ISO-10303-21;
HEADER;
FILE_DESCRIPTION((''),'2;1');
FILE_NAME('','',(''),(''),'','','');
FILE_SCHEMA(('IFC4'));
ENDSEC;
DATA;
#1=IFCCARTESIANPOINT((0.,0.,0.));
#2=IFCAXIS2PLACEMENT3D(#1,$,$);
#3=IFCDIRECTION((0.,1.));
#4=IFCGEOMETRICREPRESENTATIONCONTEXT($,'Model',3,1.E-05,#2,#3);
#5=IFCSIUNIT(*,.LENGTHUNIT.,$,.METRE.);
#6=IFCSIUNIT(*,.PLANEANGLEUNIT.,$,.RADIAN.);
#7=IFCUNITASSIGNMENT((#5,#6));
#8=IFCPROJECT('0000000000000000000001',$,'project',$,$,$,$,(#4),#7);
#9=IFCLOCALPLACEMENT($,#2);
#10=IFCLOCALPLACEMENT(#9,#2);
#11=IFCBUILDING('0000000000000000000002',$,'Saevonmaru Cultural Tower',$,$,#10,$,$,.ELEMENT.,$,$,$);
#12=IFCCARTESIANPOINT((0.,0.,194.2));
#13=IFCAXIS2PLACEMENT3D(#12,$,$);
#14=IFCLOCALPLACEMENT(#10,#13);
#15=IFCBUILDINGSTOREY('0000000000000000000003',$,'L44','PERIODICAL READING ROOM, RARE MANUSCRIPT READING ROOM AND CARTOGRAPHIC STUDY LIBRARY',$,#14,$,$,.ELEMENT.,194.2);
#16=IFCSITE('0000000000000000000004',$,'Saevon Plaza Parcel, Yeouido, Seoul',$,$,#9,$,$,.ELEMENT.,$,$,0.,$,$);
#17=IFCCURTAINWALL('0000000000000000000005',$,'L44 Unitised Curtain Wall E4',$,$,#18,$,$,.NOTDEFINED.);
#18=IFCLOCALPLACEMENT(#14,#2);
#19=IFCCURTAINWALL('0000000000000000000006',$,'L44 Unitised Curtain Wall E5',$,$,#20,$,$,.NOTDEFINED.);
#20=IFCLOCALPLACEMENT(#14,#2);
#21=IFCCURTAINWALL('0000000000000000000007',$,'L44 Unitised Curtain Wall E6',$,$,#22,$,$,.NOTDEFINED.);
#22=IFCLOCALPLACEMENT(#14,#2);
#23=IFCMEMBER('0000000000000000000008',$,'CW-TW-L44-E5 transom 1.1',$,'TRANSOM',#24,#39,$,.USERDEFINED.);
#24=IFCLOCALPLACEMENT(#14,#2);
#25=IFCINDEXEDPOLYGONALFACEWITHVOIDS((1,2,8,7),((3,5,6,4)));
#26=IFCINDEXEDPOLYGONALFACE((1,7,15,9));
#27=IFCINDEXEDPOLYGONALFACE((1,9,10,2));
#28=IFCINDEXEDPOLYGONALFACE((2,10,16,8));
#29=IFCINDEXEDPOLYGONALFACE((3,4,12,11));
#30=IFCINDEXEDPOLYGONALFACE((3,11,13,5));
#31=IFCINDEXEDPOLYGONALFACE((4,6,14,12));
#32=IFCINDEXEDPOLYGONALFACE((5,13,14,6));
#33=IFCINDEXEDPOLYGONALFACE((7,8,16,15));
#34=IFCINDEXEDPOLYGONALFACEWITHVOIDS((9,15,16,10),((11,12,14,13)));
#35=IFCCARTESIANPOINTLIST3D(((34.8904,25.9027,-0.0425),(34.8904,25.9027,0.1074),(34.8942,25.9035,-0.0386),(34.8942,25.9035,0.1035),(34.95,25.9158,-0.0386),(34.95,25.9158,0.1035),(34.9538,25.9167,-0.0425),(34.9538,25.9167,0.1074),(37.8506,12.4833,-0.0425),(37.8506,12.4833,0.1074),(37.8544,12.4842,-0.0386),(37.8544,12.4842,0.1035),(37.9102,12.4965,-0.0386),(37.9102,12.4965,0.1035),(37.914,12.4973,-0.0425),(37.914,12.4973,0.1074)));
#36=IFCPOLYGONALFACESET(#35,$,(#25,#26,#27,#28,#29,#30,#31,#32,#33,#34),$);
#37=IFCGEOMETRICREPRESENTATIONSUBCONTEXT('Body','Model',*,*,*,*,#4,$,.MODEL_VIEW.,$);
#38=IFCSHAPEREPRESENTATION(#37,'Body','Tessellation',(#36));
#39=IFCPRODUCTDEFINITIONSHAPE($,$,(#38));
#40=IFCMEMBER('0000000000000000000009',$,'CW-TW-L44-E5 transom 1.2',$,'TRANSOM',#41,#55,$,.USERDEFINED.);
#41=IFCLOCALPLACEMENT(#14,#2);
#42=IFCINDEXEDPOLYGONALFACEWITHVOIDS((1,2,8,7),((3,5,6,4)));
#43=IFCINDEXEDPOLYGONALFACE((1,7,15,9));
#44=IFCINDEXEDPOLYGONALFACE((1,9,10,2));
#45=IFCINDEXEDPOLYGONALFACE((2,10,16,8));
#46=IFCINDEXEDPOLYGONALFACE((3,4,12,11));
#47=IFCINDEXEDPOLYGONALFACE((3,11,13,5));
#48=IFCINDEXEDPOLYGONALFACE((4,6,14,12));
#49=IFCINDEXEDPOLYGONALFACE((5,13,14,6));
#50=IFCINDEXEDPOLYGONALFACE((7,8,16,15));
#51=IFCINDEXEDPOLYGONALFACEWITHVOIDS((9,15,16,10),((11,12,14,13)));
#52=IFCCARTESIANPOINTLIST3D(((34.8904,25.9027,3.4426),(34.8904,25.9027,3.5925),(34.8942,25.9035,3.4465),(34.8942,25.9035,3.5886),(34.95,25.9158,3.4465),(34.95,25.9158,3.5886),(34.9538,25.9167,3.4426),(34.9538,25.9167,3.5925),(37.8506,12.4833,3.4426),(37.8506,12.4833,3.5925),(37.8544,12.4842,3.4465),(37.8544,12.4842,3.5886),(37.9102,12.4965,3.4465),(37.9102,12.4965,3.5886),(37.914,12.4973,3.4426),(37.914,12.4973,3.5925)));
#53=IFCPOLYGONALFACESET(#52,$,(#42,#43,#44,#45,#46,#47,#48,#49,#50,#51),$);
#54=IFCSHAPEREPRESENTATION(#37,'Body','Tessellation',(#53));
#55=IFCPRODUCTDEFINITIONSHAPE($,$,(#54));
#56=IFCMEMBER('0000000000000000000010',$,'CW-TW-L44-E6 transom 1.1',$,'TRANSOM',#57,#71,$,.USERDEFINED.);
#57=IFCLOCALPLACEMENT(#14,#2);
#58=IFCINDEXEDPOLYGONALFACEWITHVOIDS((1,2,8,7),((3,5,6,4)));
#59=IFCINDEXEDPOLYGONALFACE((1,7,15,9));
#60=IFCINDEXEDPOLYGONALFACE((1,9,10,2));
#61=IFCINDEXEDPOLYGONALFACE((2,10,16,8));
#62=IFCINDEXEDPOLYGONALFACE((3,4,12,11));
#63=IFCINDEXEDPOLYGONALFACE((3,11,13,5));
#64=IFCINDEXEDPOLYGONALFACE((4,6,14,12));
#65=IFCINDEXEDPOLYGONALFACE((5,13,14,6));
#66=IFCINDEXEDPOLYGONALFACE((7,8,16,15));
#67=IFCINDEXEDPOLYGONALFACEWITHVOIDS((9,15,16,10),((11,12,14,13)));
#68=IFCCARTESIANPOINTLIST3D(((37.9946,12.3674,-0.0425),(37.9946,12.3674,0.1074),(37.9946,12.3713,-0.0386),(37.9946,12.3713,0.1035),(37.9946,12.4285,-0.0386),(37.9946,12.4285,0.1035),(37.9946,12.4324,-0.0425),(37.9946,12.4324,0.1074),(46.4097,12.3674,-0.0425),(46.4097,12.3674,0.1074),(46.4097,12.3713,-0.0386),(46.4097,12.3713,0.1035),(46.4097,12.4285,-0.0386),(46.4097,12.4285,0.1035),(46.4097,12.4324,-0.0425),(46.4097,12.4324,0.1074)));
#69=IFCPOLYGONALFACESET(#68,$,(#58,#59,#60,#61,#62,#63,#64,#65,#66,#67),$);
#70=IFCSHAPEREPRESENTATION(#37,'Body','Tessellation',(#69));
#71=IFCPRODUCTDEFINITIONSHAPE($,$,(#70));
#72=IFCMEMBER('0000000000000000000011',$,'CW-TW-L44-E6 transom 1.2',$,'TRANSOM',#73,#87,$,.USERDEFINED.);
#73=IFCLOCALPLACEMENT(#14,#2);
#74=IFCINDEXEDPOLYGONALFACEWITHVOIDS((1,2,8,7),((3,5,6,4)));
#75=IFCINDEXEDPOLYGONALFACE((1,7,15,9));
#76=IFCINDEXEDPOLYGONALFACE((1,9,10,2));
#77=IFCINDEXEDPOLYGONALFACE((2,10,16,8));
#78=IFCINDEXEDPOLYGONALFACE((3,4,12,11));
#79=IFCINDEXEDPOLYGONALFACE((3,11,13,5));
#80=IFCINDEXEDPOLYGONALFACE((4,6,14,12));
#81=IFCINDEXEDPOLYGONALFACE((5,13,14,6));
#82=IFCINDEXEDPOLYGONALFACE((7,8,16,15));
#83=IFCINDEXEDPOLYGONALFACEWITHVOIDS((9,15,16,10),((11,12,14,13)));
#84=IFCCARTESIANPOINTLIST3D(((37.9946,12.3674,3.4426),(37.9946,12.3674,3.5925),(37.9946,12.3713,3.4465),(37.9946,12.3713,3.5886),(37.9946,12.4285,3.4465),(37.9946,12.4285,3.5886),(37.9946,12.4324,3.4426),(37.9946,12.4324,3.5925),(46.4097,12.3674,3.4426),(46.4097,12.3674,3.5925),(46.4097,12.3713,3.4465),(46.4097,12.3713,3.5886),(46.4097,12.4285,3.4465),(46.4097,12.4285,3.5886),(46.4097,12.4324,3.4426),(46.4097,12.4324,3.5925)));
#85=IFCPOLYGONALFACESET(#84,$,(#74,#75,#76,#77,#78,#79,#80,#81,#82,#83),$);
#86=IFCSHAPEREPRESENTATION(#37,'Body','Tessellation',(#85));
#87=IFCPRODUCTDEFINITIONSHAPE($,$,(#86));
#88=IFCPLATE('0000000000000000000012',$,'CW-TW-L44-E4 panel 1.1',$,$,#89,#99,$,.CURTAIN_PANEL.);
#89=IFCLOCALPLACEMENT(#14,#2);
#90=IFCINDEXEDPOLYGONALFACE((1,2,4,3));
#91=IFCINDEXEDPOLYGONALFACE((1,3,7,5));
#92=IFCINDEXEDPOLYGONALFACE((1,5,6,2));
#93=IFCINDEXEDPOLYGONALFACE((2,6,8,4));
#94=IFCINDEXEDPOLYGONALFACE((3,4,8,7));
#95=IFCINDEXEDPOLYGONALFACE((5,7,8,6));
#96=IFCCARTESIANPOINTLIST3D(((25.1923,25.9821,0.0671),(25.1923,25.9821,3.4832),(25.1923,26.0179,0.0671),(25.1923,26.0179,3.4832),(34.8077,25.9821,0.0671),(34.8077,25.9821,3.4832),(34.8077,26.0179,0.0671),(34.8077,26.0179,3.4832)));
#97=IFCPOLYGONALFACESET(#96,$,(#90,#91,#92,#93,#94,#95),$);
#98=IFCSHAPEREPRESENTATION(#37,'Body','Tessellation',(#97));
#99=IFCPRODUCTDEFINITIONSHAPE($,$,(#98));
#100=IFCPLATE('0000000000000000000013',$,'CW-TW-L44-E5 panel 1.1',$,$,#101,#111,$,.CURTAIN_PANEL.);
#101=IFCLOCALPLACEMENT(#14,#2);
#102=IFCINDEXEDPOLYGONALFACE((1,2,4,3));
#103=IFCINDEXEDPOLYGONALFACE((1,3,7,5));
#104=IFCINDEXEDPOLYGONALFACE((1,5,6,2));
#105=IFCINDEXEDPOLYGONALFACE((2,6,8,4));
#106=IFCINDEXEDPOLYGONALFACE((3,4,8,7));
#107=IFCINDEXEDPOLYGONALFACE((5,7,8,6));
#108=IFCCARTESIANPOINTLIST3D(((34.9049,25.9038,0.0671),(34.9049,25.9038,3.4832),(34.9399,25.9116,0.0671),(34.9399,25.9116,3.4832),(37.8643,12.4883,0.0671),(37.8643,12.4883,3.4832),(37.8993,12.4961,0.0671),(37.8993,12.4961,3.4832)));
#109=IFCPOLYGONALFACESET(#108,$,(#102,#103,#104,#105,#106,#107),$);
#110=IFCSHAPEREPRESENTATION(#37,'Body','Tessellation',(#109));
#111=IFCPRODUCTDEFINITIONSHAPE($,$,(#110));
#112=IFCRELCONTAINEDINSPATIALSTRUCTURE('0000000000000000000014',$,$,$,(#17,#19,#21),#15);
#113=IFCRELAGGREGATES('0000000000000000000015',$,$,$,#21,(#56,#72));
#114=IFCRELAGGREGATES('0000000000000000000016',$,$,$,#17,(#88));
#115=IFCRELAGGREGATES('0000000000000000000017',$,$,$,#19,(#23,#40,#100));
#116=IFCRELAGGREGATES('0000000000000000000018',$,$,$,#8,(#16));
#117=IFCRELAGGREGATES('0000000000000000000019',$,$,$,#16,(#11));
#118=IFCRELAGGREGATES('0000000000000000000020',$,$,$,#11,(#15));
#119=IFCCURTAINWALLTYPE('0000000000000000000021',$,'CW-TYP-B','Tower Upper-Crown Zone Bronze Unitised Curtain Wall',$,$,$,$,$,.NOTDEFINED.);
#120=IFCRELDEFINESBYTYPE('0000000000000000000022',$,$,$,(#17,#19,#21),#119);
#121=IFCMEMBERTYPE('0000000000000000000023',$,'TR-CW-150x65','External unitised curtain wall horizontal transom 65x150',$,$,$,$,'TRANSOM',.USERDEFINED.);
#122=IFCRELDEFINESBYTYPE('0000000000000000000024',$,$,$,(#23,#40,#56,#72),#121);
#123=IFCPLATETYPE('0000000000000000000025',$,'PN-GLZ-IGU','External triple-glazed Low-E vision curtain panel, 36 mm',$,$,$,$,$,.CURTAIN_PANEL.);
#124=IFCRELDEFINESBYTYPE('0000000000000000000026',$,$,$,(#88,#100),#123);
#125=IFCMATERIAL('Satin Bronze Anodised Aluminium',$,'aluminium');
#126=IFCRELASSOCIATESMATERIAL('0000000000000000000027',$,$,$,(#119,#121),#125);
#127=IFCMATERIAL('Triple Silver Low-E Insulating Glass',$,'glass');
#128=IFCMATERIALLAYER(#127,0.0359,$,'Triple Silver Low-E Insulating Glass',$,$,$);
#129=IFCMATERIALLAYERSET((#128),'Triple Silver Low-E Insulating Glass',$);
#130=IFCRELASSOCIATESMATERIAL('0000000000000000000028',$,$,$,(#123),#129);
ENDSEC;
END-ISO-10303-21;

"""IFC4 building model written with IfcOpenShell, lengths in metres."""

from ifc_helpers import new_model, si_unit, direction, frame, origin, origin_2d, place, context, subcontext, project, spatial, rectangle, hollow_rectangle, extrude, material, layer, layer_set, material_profile, profile_set, type_object, element, aggregate, save


model = new_model("IFC4")

# Units and contexts
model_context = context("Model", 3, precision=1e-05, world=origin(), true_north=direction((0.0, 1.0)))
body_context = subcontext(model_context, "Body", "Model", "MODEL_VIEW")
ifc_project = project(units=[si_unit("LENGTHUNIT", "METRE"), si_unit("PLANEANGLEUNIT", "RADIAN")], contexts=[model_context])

# Site, building, storey
site_placement = place(None, origin())
site = spatial("IfcSite", under=ifc_project, at=site_placement, Name="Saevon Plaza Parcel, Yeouido, Seoul", CompositionType="ELEMENT", RefElevation=0.0)
building_placement = place(site_placement, origin())
building = spatial("IfcBuilding", under=site, at=building_placement, Name="Saevonmaru Cultural Tower", CompositionType="ELEMENT")
storey_placement = place(building_placement, frame((0.0, 0.0, 194.2)))
storey = spatial("IfcBuildingStorey", under=building, at=storey_placement, Name="L44", Description="PERIODICAL READING ROOM, RARE MANUSCRIPT READING ROOM AND CARTOGRAPHIC STUDY LIBRARY", CompositionType="ELEMENT", Elevation=194.2)

# Shared definitions
ifc_material_1 = material(Name="Satin Bronze Anodised Aluminium", Category="aluminium")
curtain_wall_type = type_object("IfcCurtainWallType", Name="CW-TYP-B", Description="Tower Upper-Crown Zone Bronze Unitised Curtain Wall", PredefinedType="NOTDEFINED", material=ifc_material_1)

# Curtain walls
curtain_wall_1_placement = place(storey_placement, origin())
curtain_wall_1 = element("IfcCurtainWall", 1, at=curtain_wall_1_placement, inside=storey, type_object=curtain_wall_type, Name="L44 Unitised Curtain Wall E4", PredefinedType="NOTDEFINED")
curtain_wall_2_placement = place(storey_placement, origin())
curtain_wall_2 = element("IfcCurtainWall", 2, at=curtain_wall_2_placement, inside=storey, type_object=curtain_wall_type, Name="L44 Unitised Curtain Wall E5", PredefinedType="NOTDEFINED")

# Curtain wall
curtain_wall_3_placement = place(storey_placement, origin())
curtain_wall_3 = element("IfcCurtainWall", 3, at=curtain_wall_3_placement, inside=storey, type_object=curtain_wall_type, Name="L44 Unitised Curtain Wall E6", PredefinedType="NOTDEFINED")

# Members
ifc_material_profile_1 = material_profile(ifc_material_1, hollow_rectangle(XDim=0.0649, YDim=0.1499, WallThickness=0.0039, at=origin_2d()), Name="ALU-TRAN-150x65x4")
ifc_profile_set_1 = profile_set([ifc_material_profile_1], Name="Satin Bronze Anodised Aluminium")
member_type_1 = type_object("IfcMemberType", Name="TR-CW-150x65", Description="External unitised curtain wall horizontal transom 65x150", ElementType="TRANSOM", PredefinedType="USERDEFINED", material=ifc_profile_set_1)
member_1_placement = place(storey_placement, frame((34.9221, 25.9097, 0.0325), z_axis=(0.215412, -0.976523, 0.0), x_axis=(0.976523, 0.215412, 0.0)))
member_1 = element("IfcMember", 4, at=member_1_placement, type_object=member_type_1, Name="CW-TW-L44-E5 transom 1.1", ObjectType="TRANSOM", PredefinedType="USERDEFINED", context=body_context, shape_type="SweptSolid", body=[
    extrude(hollow_rectangle(XDim=0.0649, YDim=0.1499, WallThickness=0.0039, at=origin_2d()), origin(), (0.0, 0.0, 1.0), 13.7419),
])
member_2_placement = place(storey_placement, frame((34.9221, 25.9097, 3.5176), z_axis=(0.215412, -0.976523, 0.0), x_axis=(0.976523, 0.215412, 0.0)))
member_2 = element("IfcMember", 5, at=member_2_placement, type_object=member_type_1, Name="CW-TW-L44-E5 transom 1.2", ObjectType="TRANSOM", PredefinedType="USERDEFINED", context=body_context, shape_type="SweptSolid", body=[
    extrude(hollow_rectangle(XDim=0.0649, YDim=0.1499, WallThickness=0.0039, at=origin_2d()), origin(), (0.0, 0.0, 1.0), 13.7419),
])
member_3_placement = place(storey_placement, frame((37.9946, 12.3999, 0.0325), z_axis=(1.0, 0.0, 0.0), x_axis=(0.0, 1.0, 0.0)))
member_3 = element("IfcMember", 6, at=member_3_placement, type_object=member_type_1, Name="CW-TW-L44-E6 transom 1.1", ObjectType="TRANSOM", PredefinedType="USERDEFINED", context=body_context, shape_type="SweptSolid", body=[
    extrude(hollow_rectangle(XDim=0.0649, YDim=0.1499, WallThickness=0.0039, at=origin_2d()), origin(), (0.0, 0.0, 1.0), 8.415),
])
member_4_placement = place(storey_placement, frame((37.9946, 12.3999, 3.5176), z_axis=(1.0, 0.0, 0.0), x_axis=(0.0, 1.0, 0.0)))
member_4 = element("IfcMember", 7, at=member_4_placement, type_object=member_type_1, Name="CW-TW-L44-E6 transom 1.2", ObjectType="TRANSOM", PredefinedType="USERDEFINED", context=body_context, shape_type="SweptSolid", body=[
    extrude(hollow_rectangle(XDim=0.0649, YDim=0.1499, WallThickness=0.0039, at=origin_2d()), origin(), (0.0, 0.0, 1.0), 8.415),
])
aggregate(curtain_wall_3, [member_3, member_4])

# Plates
ifc_material_2 = material(Name="Triple Silver Low-E Insulating Glass", Category="glass")
ifc_layer = layer(ifc_material_2, 0.0359, Name="Triple Silver Low-E Insulating Glass")
ifc_layer_set = layer_set([ifc_layer], Name="Triple Silver Low-E Insulating Glass")
plate_type = type_object("IfcPlateType", Name="PN-GLZ-IGU", Description="External triple-glazed Low-E vision curtain panel, 36 mm", PredefinedType="CURTAIN_PANEL", material=ifc_layer_set)
plate_1_placement = place(storey_placement, frame((30.0, 26.0, 0.0671), z_axis=(0.0, 0.0, 1.0), x_axis=(1.0, 0.0, 0.0)))
plate_1 = element("IfcPlate", 8, at=plate_1_placement, type_object=plate_type, Name="CW-TW-L44-E4 panel 1.1", PredefinedType="CURTAIN_PANEL", context=body_context, shape_type="SweptSolid", body=[
    extrude(rectangle(XDim=9.6155, YDim=0.0359, at=origin_2d()), origin(), (0.0, 0.0, 1.0), 3.416),
])
aggregate(curtain_wall_1, [plate_1])
plate_2_placement = place(storey_placement, frame((36.4021, 19.2, 0.0671), z_axis=(0.0, 0.0, 1.0), x_axis=(0.215413, -0.976523, 0.0)))
plate_2 = element("IfcPlate", 9, at=plate_2_placement, type_object=plate_type, Name="CW-TW-L44-E5 panel 1.1", PredefinedType="CURTAIN_PANEL", context=body_context, shape_type="SweptSolid", body=[
    extrude(rectangle(XDim=13.738, YDim=0.0359, at=origin_2d()), origin(), (0.0, 0.0, 1.0), 3.416),
])
aggregate(curtain_wall_2, [member_1, member_2, plate_2])

save(model, "model.ifc")
